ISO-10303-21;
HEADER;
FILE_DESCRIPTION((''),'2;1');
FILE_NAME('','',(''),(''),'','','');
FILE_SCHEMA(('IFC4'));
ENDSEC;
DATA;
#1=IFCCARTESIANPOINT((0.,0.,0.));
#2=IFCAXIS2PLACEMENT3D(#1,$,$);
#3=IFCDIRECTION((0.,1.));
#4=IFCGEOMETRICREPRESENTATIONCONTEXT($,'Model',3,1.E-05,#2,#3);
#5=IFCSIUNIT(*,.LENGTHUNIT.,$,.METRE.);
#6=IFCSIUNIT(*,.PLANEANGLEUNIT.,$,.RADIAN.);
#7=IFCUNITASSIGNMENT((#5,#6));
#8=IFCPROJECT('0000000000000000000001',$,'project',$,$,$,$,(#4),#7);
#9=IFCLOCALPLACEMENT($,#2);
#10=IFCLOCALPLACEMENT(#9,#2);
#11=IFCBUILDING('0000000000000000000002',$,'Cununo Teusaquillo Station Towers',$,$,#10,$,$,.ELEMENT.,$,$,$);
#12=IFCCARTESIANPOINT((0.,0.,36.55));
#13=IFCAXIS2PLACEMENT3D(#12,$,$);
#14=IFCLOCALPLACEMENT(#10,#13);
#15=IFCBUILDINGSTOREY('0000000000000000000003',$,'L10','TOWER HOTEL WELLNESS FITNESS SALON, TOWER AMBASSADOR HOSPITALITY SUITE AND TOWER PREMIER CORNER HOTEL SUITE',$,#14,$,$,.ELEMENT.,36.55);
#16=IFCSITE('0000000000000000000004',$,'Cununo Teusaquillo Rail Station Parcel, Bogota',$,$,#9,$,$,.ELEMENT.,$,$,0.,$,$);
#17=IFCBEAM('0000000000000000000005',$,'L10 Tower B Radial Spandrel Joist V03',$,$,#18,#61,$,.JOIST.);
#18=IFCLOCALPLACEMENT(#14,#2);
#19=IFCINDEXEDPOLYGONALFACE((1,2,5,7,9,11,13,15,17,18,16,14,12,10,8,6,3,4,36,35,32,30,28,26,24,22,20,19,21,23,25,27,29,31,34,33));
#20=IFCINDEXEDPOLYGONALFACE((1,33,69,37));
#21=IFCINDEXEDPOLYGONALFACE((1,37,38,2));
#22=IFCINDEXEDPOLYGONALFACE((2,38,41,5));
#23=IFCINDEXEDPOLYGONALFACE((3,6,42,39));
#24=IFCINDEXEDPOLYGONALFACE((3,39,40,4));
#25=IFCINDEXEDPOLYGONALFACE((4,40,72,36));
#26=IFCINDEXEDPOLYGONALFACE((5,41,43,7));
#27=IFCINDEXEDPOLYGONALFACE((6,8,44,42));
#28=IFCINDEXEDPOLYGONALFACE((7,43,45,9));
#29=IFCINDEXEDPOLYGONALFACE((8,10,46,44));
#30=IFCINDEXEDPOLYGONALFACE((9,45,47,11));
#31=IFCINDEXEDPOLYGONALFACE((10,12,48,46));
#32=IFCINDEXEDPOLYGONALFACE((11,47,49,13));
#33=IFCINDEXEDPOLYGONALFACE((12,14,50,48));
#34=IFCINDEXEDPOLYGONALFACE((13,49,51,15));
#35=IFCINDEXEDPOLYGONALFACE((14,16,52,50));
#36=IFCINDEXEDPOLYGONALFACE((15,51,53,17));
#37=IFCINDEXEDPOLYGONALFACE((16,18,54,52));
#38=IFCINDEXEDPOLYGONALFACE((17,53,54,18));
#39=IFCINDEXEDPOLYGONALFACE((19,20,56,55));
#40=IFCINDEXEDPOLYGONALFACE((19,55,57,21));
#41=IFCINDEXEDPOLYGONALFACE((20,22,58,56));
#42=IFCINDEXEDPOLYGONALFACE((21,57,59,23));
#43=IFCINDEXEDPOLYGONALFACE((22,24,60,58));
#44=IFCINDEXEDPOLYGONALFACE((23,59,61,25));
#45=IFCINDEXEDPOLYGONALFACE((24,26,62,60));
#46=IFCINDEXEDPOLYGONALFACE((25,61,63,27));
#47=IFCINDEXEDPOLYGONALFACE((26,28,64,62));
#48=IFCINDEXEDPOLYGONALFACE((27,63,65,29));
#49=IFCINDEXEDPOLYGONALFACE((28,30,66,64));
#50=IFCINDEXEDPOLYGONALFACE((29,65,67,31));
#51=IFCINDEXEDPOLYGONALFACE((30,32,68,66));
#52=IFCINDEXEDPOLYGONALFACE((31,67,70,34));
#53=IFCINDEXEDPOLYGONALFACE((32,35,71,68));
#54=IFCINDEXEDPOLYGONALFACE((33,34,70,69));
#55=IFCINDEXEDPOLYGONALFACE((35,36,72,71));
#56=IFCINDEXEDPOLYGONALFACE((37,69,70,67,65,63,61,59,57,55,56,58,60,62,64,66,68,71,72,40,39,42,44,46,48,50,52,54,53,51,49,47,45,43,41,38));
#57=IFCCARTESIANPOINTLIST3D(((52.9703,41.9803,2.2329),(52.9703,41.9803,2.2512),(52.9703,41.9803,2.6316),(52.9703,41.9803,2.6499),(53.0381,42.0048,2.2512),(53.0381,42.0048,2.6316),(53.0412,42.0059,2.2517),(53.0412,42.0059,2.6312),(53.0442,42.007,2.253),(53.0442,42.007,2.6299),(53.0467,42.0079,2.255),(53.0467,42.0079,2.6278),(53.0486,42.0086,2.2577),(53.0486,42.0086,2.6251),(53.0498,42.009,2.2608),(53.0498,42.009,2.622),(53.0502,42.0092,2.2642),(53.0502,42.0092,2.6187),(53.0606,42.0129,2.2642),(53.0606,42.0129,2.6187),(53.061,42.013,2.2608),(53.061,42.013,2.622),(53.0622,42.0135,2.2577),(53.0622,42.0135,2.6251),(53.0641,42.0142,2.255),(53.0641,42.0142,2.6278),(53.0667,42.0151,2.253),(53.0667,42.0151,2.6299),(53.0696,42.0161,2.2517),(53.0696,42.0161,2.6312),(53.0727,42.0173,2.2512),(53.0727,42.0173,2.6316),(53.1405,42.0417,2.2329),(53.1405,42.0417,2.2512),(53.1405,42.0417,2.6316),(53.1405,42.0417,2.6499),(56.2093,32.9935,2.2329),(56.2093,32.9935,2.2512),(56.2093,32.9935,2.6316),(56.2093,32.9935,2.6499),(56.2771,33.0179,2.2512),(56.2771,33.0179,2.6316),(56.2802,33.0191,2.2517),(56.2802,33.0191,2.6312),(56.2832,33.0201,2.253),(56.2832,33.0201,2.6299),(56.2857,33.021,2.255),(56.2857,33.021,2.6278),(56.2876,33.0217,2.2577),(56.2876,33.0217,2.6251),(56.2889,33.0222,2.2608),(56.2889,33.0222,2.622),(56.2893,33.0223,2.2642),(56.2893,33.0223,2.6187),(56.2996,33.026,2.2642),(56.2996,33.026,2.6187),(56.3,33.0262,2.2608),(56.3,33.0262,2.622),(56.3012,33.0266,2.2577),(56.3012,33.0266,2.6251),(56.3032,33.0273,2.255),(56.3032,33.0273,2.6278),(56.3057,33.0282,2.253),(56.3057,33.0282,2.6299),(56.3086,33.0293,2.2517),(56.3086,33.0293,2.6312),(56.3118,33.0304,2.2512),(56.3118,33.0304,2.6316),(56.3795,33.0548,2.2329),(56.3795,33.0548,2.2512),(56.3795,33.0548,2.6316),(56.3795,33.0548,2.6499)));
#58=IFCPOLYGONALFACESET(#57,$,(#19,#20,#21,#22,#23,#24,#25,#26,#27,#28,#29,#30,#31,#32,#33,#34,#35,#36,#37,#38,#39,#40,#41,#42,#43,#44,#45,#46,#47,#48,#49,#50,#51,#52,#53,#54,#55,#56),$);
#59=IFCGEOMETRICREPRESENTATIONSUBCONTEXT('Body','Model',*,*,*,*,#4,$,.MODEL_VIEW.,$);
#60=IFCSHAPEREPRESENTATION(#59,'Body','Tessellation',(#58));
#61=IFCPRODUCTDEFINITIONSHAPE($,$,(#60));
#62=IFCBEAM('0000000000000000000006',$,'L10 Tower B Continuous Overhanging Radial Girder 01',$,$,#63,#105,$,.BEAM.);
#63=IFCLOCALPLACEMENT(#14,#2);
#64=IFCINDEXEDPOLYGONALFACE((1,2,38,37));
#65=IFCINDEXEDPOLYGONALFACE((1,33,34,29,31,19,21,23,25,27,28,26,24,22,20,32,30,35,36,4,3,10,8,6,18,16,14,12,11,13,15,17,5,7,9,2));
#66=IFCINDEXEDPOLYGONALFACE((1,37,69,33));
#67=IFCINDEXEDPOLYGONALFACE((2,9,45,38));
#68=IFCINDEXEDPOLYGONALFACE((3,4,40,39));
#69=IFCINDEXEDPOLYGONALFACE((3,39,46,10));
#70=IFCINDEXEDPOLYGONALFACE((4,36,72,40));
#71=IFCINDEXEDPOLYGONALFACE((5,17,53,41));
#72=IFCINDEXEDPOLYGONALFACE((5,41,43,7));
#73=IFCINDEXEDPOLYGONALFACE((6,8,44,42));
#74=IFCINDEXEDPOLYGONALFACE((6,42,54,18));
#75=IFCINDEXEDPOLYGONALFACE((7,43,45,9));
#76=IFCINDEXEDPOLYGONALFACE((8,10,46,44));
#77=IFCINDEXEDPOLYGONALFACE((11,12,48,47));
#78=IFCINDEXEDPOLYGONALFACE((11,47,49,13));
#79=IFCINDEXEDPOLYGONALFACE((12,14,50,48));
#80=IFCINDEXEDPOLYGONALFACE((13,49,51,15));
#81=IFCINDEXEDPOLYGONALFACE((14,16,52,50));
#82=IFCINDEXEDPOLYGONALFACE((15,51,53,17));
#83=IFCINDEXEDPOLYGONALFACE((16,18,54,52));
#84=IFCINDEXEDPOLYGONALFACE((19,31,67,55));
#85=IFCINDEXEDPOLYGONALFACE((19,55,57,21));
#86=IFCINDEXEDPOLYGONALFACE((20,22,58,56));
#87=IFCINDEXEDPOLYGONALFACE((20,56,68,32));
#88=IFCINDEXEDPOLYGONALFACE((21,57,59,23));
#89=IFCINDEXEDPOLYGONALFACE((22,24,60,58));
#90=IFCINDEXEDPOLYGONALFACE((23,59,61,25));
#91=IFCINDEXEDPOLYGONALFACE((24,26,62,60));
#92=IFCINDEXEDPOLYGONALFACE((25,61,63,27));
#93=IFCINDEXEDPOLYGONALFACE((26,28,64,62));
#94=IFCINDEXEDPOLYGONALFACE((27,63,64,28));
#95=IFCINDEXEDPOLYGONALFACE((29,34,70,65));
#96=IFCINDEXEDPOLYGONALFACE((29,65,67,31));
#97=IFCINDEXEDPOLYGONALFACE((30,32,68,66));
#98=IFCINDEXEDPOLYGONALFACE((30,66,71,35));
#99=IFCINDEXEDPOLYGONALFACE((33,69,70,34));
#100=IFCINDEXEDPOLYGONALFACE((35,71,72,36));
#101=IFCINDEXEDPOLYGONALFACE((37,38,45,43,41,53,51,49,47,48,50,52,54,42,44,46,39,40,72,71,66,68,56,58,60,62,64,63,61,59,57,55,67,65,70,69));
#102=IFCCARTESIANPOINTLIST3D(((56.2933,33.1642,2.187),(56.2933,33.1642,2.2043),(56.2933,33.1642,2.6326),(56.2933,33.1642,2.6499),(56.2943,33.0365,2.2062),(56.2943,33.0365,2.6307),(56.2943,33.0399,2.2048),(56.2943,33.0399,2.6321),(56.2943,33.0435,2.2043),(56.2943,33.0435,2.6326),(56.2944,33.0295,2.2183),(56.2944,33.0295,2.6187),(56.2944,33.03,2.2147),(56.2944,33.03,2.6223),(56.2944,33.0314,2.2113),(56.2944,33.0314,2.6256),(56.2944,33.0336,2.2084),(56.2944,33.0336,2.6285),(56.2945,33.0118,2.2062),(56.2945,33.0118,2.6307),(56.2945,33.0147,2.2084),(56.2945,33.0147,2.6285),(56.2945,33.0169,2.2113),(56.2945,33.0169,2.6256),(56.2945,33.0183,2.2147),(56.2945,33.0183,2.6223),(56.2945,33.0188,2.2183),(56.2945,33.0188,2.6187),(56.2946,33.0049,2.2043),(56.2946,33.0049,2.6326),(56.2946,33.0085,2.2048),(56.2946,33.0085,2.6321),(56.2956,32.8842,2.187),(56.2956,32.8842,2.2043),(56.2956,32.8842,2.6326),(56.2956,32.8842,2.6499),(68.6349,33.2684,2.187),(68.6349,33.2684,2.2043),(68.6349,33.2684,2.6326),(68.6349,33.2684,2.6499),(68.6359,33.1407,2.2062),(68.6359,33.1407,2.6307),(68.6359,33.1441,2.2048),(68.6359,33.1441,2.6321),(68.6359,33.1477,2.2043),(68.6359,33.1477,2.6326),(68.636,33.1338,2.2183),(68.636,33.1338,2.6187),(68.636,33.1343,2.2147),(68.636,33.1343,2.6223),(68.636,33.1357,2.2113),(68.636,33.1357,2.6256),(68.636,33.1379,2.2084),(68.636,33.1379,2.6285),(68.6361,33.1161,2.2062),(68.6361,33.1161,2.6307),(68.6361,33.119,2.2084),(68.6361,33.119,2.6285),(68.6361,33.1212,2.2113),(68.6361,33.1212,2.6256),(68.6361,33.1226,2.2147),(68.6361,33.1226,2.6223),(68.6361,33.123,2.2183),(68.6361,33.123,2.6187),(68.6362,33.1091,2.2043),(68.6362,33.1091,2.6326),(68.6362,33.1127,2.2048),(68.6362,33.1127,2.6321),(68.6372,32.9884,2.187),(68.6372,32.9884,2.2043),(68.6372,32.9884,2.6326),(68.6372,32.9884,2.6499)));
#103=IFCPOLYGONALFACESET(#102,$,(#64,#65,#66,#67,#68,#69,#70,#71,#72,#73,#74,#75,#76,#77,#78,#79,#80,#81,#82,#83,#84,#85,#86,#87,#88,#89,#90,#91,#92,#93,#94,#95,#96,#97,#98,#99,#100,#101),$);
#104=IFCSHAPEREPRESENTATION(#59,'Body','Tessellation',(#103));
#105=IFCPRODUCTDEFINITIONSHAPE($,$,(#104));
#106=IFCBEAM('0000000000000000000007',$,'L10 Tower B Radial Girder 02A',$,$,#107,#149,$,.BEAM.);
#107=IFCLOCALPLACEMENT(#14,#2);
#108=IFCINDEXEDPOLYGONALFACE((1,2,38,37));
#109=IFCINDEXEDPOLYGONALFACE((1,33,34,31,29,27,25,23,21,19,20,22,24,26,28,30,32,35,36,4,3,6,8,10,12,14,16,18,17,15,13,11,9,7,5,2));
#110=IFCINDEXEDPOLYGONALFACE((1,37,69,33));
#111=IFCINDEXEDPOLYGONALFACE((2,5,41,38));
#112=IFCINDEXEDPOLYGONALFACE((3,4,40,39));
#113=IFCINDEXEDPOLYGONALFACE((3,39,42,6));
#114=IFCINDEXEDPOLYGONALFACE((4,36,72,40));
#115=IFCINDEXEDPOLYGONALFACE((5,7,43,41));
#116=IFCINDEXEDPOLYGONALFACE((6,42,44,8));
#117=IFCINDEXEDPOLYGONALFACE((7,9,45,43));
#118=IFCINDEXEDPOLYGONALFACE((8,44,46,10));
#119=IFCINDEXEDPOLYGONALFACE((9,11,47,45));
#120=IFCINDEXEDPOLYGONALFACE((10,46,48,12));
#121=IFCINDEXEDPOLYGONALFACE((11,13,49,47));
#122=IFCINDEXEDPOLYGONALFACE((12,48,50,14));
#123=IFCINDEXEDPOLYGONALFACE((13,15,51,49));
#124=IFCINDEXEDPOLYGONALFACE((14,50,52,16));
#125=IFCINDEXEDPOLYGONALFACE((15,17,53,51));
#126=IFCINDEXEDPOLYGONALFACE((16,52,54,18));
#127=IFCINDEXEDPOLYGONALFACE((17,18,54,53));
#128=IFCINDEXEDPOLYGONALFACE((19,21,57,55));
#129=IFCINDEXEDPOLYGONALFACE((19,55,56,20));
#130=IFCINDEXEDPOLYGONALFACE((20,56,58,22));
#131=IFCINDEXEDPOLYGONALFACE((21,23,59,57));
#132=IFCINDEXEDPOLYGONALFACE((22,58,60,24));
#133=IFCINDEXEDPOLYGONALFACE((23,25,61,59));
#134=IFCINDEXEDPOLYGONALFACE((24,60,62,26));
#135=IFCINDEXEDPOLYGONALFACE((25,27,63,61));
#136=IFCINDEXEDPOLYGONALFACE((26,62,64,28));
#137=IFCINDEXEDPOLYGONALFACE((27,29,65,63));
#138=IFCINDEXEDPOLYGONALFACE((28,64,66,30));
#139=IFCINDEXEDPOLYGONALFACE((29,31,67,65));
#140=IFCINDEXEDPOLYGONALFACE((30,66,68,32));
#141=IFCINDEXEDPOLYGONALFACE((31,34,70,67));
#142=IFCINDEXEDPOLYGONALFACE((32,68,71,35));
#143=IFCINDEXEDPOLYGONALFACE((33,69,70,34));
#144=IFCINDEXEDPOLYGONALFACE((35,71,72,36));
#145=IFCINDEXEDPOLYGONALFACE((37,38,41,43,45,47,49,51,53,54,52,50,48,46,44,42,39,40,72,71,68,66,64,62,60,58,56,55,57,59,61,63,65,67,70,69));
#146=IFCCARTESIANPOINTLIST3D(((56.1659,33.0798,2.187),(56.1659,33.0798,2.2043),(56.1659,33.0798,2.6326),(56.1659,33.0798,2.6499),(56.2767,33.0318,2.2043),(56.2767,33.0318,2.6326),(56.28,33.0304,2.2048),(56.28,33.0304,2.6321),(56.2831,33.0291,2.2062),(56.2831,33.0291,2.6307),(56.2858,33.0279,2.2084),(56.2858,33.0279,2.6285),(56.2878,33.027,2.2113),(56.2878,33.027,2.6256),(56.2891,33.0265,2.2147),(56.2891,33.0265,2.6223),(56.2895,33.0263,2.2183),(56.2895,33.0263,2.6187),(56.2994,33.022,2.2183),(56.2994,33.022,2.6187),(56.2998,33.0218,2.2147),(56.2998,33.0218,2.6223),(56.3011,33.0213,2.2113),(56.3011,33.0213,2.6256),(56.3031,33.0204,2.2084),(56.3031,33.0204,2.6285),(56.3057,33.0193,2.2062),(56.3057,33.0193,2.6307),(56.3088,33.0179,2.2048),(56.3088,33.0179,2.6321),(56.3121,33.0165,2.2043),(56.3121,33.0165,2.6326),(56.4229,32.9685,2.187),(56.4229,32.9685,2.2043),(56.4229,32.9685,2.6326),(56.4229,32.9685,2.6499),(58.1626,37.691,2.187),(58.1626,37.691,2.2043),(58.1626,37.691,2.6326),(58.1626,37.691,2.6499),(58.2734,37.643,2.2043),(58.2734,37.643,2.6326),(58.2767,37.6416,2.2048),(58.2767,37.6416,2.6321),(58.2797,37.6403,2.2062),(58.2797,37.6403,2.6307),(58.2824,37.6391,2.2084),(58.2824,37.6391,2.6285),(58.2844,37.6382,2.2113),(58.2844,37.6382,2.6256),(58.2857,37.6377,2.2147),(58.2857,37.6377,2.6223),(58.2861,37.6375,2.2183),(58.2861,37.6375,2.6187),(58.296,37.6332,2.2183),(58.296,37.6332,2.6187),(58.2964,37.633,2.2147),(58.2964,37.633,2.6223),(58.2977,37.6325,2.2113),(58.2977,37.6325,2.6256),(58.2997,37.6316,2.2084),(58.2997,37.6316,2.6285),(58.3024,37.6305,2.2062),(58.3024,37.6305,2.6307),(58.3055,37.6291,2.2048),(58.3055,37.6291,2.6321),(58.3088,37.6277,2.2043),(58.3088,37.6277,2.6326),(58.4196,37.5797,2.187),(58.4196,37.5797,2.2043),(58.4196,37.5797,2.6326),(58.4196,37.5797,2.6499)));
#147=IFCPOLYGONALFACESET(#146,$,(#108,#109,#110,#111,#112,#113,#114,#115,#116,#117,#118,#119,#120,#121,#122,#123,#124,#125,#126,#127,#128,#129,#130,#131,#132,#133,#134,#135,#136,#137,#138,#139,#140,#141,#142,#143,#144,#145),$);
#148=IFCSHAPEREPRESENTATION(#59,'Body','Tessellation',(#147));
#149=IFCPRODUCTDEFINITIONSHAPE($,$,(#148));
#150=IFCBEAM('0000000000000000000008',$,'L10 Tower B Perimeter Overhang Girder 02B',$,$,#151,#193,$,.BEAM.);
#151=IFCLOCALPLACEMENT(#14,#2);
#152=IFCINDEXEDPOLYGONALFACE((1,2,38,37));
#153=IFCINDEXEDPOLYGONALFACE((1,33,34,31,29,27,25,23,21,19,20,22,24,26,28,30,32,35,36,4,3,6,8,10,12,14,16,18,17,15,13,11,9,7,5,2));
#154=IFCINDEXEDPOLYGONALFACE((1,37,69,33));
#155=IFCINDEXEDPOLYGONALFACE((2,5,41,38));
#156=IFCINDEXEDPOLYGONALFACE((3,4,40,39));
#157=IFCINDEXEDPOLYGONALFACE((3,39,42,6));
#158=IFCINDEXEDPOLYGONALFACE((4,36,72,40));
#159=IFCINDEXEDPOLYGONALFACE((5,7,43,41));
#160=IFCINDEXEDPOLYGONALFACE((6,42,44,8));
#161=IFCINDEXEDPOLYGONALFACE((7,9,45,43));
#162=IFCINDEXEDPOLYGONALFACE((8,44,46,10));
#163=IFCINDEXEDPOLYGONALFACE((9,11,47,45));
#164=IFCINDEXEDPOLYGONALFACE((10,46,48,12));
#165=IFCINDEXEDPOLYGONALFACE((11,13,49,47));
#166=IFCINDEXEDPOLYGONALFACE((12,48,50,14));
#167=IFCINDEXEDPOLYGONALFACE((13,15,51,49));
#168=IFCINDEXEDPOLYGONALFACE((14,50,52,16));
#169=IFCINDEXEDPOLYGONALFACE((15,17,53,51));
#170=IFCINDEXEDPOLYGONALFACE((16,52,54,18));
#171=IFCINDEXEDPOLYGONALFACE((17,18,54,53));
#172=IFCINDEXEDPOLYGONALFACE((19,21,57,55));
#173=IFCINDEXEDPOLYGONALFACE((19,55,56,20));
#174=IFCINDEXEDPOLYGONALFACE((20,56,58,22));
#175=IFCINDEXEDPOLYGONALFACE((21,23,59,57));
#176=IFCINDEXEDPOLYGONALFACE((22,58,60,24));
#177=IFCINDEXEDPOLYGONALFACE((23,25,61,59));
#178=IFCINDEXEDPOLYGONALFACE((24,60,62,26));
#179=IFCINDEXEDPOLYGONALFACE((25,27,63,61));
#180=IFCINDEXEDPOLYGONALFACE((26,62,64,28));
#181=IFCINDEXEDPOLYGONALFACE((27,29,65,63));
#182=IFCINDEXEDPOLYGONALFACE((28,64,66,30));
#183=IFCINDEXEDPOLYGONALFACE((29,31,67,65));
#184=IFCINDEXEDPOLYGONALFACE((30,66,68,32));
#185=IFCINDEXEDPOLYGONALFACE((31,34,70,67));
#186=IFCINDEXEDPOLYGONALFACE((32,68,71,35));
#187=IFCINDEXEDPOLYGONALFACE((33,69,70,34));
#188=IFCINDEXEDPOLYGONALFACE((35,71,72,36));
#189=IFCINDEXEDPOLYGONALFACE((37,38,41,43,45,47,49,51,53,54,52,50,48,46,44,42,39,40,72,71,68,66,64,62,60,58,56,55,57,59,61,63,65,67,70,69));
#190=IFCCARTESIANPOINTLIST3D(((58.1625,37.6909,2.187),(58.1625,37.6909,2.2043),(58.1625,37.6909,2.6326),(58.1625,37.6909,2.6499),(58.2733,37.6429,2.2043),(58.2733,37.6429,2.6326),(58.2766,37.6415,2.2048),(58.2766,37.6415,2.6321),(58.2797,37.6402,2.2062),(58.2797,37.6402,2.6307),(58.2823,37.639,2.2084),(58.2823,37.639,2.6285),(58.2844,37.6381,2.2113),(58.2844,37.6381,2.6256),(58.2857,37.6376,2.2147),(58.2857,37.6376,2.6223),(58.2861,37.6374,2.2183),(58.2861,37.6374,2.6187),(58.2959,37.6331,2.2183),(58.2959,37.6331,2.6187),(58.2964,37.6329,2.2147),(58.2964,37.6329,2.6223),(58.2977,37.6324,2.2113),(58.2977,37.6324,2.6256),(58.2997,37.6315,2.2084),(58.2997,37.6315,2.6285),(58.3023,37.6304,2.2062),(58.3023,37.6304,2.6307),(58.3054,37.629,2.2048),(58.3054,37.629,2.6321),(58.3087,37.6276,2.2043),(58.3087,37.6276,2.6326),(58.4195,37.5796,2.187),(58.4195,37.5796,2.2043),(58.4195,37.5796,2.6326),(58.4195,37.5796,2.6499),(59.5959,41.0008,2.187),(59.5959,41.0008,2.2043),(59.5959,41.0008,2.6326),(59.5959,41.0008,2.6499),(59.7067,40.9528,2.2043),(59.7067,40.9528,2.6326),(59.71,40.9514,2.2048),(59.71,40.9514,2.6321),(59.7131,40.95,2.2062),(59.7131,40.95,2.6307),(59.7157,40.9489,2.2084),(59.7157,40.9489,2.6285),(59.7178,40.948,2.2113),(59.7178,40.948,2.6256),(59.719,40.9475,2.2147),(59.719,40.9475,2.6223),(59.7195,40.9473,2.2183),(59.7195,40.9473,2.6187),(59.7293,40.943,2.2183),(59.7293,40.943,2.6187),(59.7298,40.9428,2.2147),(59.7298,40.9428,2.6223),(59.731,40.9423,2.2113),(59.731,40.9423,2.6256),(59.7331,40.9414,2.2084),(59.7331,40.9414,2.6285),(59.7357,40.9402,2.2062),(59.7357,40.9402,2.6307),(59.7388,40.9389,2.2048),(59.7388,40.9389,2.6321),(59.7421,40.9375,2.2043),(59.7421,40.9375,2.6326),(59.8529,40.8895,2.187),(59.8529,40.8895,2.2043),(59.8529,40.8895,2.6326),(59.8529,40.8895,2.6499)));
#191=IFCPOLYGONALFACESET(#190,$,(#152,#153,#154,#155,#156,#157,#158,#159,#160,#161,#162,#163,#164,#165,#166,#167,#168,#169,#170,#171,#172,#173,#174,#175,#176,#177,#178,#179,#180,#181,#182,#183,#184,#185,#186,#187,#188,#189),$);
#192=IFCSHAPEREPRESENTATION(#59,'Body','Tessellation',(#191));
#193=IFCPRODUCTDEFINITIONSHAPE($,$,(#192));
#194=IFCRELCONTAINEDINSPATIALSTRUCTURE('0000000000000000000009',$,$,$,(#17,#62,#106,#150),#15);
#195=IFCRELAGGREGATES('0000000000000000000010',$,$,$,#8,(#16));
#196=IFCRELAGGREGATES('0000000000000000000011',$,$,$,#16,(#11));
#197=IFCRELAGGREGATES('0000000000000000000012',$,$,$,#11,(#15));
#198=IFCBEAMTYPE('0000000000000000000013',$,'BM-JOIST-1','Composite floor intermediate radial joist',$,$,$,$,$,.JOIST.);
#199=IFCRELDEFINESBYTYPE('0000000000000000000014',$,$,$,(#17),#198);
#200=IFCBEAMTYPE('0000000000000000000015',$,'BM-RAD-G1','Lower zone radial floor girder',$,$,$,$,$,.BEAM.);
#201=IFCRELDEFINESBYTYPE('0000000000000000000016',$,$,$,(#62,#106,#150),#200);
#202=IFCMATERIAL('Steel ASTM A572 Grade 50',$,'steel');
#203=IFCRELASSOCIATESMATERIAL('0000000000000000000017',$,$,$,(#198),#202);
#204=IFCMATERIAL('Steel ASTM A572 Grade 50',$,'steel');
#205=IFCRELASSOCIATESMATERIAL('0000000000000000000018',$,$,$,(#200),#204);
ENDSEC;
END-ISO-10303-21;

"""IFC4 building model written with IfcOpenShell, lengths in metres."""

from ifc_helpers import new_model, si_unit, direction, frame, origin, origin_2d, place, context, subcontext, project, spatial, i_section, extrude, material, material_profile, profile_set, type_object, element, save


model = new_model("IFC4")

# Units and contexts
model_context = context("Model", 3, precision=1e-05, world=origin(), true_north=direction((0.0, 1.0)))
body_context = subcontext(model_context, "Body", "Model", "MODEL_VIEW")
ifc_project = project(units=[si_unit("LENGTHUNIT", "METRE"), si_unit("PLANEANGLEUNIT", "RADIAN")], contexts=[model_context])

# Site, building, storey
site_placement = place(None, origin())
site = spatial("IfcSite", under=ifc_project, at=site_placement, Name="Cununo Teusaquillo Rail Station Parcel, Bogota", CompositionType="ELEMENT", RefElevation=0.0)
building_placement = place(site_placement, origin())
building = spatial("IfcBuilding", under=site, at=building_placement, Name="Cununo Teusaquillo Station Towers", CompositionType="ELEMENT")
storey_placement = place(building_placement, frame((0.0, 0.0, 36.55)))
storey = spatial("IfcBuildingStorey", under=building, at=storey_placement, Name="L10", Description="TOWER HOTEL WELLNESS FITNESS SALON, TOWER AMBASSADOR HOSPITALITY SUITE AND TOWER PREMIER CORNER HOTEL SUITE", CompositionType="ELEMENT", Elevation=36.55)

# Beams
ifc_material_1 = material(Name="Steel ASTM A572 Grade 50", Category="steel")
ifc_material_profile_1 = material_profile(ifc_material_1, i_section(OverallWidth=0.1809, OverallDepth=0.417, WebThickness=0.011, FlangeThickness=0.0183, FilletRadius=0.0129, at=origin_2d()), Name="W16X57")
ifc_profile_set_1 = profile_set([ifc_material_profile_1], Name="Steel ASTM A572 Grade 50")
beam_type_1 = type_object("IfcBeamType", Name="BM-JOIST-1", Description="Composite floor intermediate radial joist", PredefinedType="JOIST", material=ifc_profile_set_1)
beam_1_placement = place(storey_placement, frame((56.2944, 33.0242, 2.4414), z_axis=(-0.339068, 0.940762, 0.0), x_axis=(-0.940762, -0.339068, 0.0)))
element("IfcBeam", 1, at=beam_1_placement, inside=storey, type_object=beam_type_1, Name="L10 Tower B Radial Spandrel Joist V03", PredefinedType="JOIST", context=body_context, shape_type="SweptSolid", body=[
    extrude(i_section(OverallWidth=0.1809, OverallDepth=0.417, WebThickness=0.011, FlangeThickness=0.0183, FilletRadius=0.0129, at=origin_2d()), origin(), (0.0, 0.0, 1.0), 9.5527),
])
ifc_material_2 = material(Name="Steel ASTM A572 Grade 50", Category="steel")
ifc_material_profile_2 = material_profile(ifc_material_2, i_section(OverallWidth=0.28, OverallDepth=0.4629, WebThickness=0.0107, FlangeThickness=0.0173, FilletRadius=0.0139, at=origin_2d()), Name="W18X76")
ifc_profile_set_2 = profile_set([ifc_material_profile_2], Name="Steel ASTM A572 Grade 50")
beam_type_2 = type_object("IfcBeamType", Name="BM-RAD-G1", Description="Lower zone radial floor girder", PredefinedType="BEAM", material=ifc_profile_set_2)
beam_2_placement = place(storey_placement, frame((56.2944, 33.0242, 2.4185), z_axis=(0.999964, 0.008447, 0.0), x_axis=(-0.008447, 0.999964, 0.0)))
element("IfcBeam", 2, at=beam_2_placement, inside=storey, type_object=beam_type_2, Name="L10 Tower B Continuous Overhanging Radial Girder 01", PredefinedType="BEAM", context=body_context, shape_type="SweptSolid", body=[
    extrude(i_section(OverallWidth=0.28, OverallDepth=0.4629, WebThickness=0.0107, FlangeThickness=0.0173, FilletRadius=0.0139, at=origin_2d()), origin(), (0.0, 0.0, 1.0), 12.342),
])
beam_3_placement = place(storey_placement, frame((56.2944, 33.0242, 2.4185), z_axis=(0.397347, 0.917668, 0.0), x_axis=(-0.917668, 0.397347, 0.0)))
element("IfcBeam", 3, at=beam_3_placement, inside=storey, type_object=beam_type_2, Name="L10 Tower B Radial Girder 02A", PredefinedType="BEAM", context=body_context, shape_type="SweptSolid", body=[
    extrude(i_section(OverallWidth=0.28, OverallDepth=0.4629, WebThickness=0.0107, FlangeThickness=0.0173, FilletRadius=0.0139, at=origin_2d()), origin(), (0.0, 0.0, 1.0), 5.0249),
])
beam_4_placement = place(storey_placement, frame((58.291, 37.6353, 2.4185), z_axis=(0.397397, 0.917647, 0.0), x_axis=(-0.917647, 0.397397, 0.0)))
element("IfcBeam", 4, at=beam_4_placement, inside=storey, type_object=beam_type_2, Name="L10 Tower B Perimeter Overhang Girder 02B", PredefinedType="BEAM", context=body_context, shape_type="SweptSolid", body=[
    extrude(i_section(OverallWidth=0.28, OverallDepth=0.4629, WebThickness=0.0107, FlangeThickness=0.0173, FilletRadius=0.0139, at=origin_2d()), origin(), (0.0, 0.0, 1.0), 3.6069),
])

save(model, "model.ifc")
